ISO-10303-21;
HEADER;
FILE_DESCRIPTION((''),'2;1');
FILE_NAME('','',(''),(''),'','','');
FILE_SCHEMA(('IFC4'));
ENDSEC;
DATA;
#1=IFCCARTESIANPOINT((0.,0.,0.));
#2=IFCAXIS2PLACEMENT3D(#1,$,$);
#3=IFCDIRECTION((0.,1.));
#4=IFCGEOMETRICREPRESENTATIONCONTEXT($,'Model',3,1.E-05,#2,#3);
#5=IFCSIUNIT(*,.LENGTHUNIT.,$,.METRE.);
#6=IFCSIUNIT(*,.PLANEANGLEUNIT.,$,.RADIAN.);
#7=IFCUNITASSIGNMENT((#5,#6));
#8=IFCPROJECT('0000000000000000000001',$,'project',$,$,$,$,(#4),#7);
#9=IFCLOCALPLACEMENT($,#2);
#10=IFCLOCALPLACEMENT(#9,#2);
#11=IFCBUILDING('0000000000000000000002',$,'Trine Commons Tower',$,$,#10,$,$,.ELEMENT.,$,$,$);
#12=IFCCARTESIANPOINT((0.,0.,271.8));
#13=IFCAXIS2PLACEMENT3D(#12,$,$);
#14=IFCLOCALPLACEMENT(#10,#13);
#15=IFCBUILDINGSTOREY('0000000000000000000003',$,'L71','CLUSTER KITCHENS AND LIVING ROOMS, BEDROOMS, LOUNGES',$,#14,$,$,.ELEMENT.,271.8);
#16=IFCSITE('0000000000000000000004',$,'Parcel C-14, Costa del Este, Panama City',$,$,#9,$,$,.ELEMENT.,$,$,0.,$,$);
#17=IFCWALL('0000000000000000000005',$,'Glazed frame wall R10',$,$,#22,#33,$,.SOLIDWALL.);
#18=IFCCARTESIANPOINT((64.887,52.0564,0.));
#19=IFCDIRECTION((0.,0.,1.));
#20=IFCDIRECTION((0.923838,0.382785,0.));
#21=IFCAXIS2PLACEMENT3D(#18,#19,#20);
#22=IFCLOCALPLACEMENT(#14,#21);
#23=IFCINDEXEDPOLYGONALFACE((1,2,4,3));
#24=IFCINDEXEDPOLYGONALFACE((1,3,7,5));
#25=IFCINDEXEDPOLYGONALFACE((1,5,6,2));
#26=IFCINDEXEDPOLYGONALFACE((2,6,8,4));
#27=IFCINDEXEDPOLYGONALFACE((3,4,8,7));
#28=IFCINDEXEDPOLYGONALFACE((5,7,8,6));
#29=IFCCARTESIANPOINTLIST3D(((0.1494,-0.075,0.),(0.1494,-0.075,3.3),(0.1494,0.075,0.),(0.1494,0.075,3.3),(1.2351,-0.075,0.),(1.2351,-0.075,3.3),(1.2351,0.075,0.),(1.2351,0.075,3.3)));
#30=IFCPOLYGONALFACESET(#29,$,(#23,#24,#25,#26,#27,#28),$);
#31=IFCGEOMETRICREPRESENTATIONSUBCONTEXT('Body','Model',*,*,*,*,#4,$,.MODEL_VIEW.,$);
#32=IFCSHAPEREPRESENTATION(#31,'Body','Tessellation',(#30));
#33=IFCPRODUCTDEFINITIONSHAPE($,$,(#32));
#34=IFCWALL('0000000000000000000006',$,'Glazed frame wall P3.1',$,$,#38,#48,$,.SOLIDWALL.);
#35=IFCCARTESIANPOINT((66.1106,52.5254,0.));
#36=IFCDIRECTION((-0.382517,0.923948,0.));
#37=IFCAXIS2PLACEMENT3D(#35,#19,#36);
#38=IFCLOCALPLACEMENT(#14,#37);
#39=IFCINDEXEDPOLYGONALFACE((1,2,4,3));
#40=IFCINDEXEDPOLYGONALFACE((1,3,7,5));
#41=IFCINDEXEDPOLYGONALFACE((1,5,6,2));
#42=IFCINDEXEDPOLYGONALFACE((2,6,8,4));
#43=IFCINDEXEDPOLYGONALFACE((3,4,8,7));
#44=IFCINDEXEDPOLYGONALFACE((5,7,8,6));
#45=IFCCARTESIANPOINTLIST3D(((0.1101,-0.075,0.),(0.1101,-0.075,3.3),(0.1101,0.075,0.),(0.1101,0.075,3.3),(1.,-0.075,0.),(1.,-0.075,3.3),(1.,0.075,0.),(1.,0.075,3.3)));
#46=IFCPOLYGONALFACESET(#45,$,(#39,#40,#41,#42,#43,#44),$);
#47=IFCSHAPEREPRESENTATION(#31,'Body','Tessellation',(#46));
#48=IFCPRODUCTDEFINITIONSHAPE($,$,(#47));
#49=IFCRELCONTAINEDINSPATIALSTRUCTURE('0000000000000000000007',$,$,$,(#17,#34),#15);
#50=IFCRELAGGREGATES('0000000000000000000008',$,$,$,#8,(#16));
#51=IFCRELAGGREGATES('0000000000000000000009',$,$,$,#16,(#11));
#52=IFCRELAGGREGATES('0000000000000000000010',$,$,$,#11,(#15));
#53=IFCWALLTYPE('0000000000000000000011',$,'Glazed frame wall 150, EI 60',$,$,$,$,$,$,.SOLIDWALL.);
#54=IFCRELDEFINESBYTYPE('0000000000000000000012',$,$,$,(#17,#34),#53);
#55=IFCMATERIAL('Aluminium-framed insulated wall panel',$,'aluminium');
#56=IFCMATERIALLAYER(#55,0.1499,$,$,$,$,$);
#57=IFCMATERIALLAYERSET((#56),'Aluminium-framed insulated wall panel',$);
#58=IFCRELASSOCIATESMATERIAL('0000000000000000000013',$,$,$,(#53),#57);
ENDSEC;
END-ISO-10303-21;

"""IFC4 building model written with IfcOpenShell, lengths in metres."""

from ifc_helpers import new_model, si_unit, direction, frame, origin, place, context, subcontext, project, spatial, polyline, outline, extrude, material, layer, layer_set, type_object, element, save


model = new_model("IFC4")

# Units and contexts
model_context = context("Model", 3, precision=1e-05, world=origin(), true_north=direction((0.0, 1.0)))
body_context = subcontext(model_context, "Body", "Model", "MODEL_VIEW")
ifc_project = project(units=[si_unit("LENGTHUNIT", "METRE"), si_unit("PLANEANGLEUNIT", "RADIAN")], contexts=[model_context])

# Site, building, storey
site_placement = place(None, origin())
site = spatial("IfcSite", under=ifc_project, at=site_placement, Name="Parcel C-14, Costa del Este, Panama City", CompositionType="ELEMENT", RefElevation=0.0)
building_placement = place(site_placement, origin())
building = spatial("IfcBuilding", under=site, at=building_placement, Name="Trine Commons Tower", CompositionType="ELEMENT")
storey_placement = place(building_placement, frame((0.0, 0.0, 271.8)))
storey = spatial("IfcBuildingStorey", under=building, at=storey_placement, Name="L71", Description="CLUSTER KITCHENS AND LIVING ROOMS, BEDROOMS, LOUNGES", CompositionType="ELEMENT", Elevation=271.8)

# Walls
ifc_material_1 = material(Name="Aluminium-framed insulated wall panel", Category="aluminium")
ifc_layer_1 = layer(ifc_material_1, 0.1499)
ifc_layer_set_1 = layer_set([ifc_layer_1], Name="Aluminium-framed insulated wall panel")
wall_type_1 = type_object("IfcWallType", Name="Glazed frame wall 150, EI 60", PredefinedType="SOLIDWALL", material=ifc_layer_set_1)
wall_1_placement = place(storey_placement, frame((64.887, 52.0564, 0.0), z_axis=(0.0, 0.0, 1.0), x_axis=(0.923838, 0.382785, 0.0)))
element("IfcWall", 1, at=wall_1_placement, inside=storey, type_object=wall_type_1, Name="Glazed frame wall R10", PredefinedType="SOLIDWALL", context=body_context, shape_type="SweptSolid", body=[
    extrude(outline(polyline([(0.1494, 0.075), (0.1494, -0.075), (1.2351, -0.075), (1.2351, 0.075), (0.1494, 0.075)])), origin(), (0.0, 0.0, 1.0), 3.3),
])
wall_2_placement = place(storey_placement, frame((66.1106, 52.5254, 0.0), z_axis=(0.0, 0.0, 1.0), x_axis=(-0.382517, 0.923948, 0.0)))
element("IfcWall", 2, at=wall_2_placement, inside=storey, type_object=wall_type_1, Name="Glazed frame wall P3.1", PredefinedType="SOLIDWALL", context=body_context, shape_type="SweptSolid", body=[
    extrude(outline(polyline([(0.1101, -0.075), (1.0, -0.075), (1.0, 0.075), (0.1101, 0.075), (0.1101, -0.075)])), origin(), (0.0, 0.0, 1.0), 3.3),
])

save(model, "model.ifc")
